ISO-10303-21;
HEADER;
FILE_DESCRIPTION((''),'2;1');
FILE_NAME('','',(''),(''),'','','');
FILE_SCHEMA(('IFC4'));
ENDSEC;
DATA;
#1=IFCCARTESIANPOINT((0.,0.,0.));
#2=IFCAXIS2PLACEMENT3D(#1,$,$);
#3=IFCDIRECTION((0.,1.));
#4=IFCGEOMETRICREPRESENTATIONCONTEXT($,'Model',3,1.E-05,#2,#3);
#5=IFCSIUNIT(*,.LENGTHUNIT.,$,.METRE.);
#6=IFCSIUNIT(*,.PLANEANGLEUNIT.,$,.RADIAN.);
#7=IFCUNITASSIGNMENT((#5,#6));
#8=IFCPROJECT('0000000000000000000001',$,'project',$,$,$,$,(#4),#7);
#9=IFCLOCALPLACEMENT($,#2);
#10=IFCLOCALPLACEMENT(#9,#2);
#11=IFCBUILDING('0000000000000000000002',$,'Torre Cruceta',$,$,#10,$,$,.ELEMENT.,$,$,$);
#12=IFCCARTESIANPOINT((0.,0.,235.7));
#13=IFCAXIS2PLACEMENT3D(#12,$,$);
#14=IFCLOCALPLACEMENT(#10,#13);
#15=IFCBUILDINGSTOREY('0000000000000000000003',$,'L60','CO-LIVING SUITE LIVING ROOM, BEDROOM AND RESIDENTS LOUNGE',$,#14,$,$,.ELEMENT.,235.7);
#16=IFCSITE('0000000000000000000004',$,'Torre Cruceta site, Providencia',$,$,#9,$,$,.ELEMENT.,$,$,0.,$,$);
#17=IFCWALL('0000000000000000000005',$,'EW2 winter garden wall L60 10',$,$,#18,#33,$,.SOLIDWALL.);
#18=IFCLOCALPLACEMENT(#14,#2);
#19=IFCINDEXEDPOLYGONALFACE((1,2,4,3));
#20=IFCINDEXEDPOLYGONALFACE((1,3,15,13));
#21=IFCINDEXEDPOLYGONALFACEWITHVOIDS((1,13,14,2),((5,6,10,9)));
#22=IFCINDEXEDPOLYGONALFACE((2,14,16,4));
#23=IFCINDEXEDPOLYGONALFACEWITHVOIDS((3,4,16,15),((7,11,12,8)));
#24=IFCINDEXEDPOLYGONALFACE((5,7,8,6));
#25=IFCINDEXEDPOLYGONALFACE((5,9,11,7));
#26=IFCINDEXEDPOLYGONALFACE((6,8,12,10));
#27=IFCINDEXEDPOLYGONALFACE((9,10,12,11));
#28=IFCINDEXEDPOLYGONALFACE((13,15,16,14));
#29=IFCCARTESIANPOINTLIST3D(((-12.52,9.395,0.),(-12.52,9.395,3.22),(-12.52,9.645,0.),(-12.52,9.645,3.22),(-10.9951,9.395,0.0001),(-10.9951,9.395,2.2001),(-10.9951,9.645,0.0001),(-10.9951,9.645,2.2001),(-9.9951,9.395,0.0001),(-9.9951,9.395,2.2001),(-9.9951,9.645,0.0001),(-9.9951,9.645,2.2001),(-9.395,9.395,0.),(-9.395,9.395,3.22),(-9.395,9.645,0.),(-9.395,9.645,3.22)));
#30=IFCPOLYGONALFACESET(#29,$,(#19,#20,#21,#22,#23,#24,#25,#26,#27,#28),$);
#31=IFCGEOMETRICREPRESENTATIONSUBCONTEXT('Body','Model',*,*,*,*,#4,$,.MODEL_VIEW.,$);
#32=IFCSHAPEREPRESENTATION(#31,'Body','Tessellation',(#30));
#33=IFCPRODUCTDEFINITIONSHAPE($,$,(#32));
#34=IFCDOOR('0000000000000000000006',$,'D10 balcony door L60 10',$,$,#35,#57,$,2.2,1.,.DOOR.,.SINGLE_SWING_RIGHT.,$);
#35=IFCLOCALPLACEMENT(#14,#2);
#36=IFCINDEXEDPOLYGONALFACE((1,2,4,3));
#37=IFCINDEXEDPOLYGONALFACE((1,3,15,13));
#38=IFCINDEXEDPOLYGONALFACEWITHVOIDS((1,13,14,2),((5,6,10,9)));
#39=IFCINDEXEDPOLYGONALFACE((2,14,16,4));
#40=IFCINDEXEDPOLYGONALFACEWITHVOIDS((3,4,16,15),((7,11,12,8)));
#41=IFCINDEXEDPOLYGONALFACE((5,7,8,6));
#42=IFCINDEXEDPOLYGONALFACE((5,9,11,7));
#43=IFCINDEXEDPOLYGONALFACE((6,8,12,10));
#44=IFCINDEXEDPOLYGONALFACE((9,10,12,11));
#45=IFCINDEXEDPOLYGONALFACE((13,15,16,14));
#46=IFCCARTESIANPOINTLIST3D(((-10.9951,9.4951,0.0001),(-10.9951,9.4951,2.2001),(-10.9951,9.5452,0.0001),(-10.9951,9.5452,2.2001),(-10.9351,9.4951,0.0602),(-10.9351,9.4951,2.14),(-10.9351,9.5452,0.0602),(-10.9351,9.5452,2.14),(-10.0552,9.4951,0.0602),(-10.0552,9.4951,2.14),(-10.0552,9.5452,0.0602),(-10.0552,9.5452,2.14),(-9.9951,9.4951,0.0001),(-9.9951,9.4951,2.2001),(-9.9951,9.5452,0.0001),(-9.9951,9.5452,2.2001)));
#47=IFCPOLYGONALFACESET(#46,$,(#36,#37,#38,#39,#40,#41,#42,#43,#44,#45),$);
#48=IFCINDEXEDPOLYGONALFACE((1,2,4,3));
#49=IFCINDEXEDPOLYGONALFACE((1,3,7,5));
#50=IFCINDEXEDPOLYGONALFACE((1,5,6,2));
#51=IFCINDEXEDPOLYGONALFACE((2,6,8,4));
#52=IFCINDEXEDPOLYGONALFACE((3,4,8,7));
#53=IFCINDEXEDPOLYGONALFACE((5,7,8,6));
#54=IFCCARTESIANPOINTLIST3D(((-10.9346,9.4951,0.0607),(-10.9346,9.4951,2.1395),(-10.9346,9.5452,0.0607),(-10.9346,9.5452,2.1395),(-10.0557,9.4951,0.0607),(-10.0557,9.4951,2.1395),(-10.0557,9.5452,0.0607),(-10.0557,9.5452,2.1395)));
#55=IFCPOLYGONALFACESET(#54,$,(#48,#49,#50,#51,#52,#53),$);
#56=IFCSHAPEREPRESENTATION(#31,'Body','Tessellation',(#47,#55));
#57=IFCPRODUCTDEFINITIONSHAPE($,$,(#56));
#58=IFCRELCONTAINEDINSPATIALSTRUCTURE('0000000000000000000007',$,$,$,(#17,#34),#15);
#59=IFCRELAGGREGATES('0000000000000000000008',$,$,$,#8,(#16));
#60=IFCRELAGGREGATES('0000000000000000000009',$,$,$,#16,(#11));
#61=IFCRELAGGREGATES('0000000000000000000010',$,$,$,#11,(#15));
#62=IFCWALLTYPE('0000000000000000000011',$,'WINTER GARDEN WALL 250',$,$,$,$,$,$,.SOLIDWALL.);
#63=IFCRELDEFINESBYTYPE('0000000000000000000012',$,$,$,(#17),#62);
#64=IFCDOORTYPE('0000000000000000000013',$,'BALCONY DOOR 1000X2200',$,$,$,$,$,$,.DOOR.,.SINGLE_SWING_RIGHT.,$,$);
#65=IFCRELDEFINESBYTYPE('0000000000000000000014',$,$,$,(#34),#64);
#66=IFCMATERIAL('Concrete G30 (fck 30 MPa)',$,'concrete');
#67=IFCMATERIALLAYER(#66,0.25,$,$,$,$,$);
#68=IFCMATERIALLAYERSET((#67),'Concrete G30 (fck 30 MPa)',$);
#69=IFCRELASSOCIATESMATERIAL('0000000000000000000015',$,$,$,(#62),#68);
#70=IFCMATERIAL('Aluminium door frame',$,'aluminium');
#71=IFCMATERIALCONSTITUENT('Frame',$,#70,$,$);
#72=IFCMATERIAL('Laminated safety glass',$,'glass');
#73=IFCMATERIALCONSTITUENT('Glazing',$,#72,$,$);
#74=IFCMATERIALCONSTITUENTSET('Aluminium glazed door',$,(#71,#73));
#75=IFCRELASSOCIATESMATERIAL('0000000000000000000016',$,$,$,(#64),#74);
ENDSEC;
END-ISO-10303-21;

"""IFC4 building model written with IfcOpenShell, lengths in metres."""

from ifc_helpers import new_model, si_unit, direction, frame, frame_2d, origin, place, context, subcontext, project, spatial, rectangle, hollow_rectangle, extrude, material, layer, layer_set, constituent, constituent_set, type_object, element, fill, save


model = new_model("IFC4")

# Units and contexts
model_context = context("Model", 3, precision=1e-05, world=origin(), true_north=direction((0.0, 1.0)))
body_context = subcontext(model_context, "Body", "Model", "MODEL_VIEW")
ifc_project = project(units=[si_unit("LENGTHUNIT", "METRE"), si_unit("PLANEANGLEUNIT", "RADIAN")], contexts=[model_context])

# Site, building, storey
site_placement = place(None, origin())
site = spatial("IfcSite", under=ifc_project, at=site_placement, Name="Torre Cruceta site, Providencia", CompositionType="ELEMENT", RefElevation=0.0)
building_placement = place(site_placement, origin())
building = spatial("IfcBuilding", under=site, at=building_placement, Name="Torre Cruceta", CompositionType="ELEMENT")
storey_placement = place(building_placement, frame((0.0, 0.0, 235.7)))
storey = spatial("IfcBuildingStorey", under=building, at=storey_placement, Name="L60", Description="CO-LIVING SUITE LIVING ROOM, BEDROOM AND RESIDENTS LOUNGE", CompositionType="ELEMENT", Elevation=235.7)

# Wall, opening, door
ifc_material_1 = material(Name="Concrete G30 (fck 30 MPa)", Category="concrete")
ifc_layer_1 = layer(ifc_material_1, 0.25)
ifc_layer_set_1 = layer_set([ifc_layer_1], Name="Concrete G30 (fck 30 MPa)")
wall_type_1 = type_object("IfcWallType", Name="WINTER GARDEN WALL 250", PredefinedType="SOLIDWALL", material=ifc_layer_set_1)
ifc_material_2 = material(Name="Aluminium door frame", Category="aluminium")
ifc_constituent_1 = constituent(ifc_material_2, Name="Frame")
ifc_material_3 = material(Name="Laminated safety glass", Category="glass")
ifc_constituent_2 = constituent(ifc_material_3, Name="Glazing")
ifc_constituent_set_1 = constituent_set(constituents=[ifc_constituent_1, ifc_constituent_2], Name="Aluminium glazed door")
door_type_1 = type_object("IfcDoorType", Name="BALCONY DOOR 1000X2200", OperationType="SINGLE_SWING_RIGHT", PredefinedType="DOOR", material=ifc_constituent_set_1)
wall_1_placement = place(storey_placement, frame((-9.395, 9.52, 0.0), z_axis=(0.0, 0.0, 1.0), x_axis=(-1.0, 0.0, 0.0)))
wall_1 = element("IfcWall", 1, at=wall_1_placement, inside=storey, type_object=wall_type_1, Name="EW2 winter garden wall L60 10", PredefinedType="SOLIDWALL", context=body_context, shape_type="SweptSolid", body=[
    extrude(rectangle(XDim=3.125, YDim=0.25, at=frame_2d((1.5625, 0.0))), origin(), (0.0, 0.0, 1.0), 3.22),
])
opening_1_placement = place(wall_1_placement, frame((0.6001, 0.0, 0.0)))
opening_1 = element("IfcOpeningElement", 2, at=opening_1_placement, cuts=wall_1, PredefinedType="OPENING", context=body_context, shape_type="SweptSolid", body=[
    extrude(rectangle(XDim=1.0, YDim=2.2, at=frame_2d((0.5, 1.1001))), frame((0.0, 0.135, 0.0), z_axis=(0.0, -1.0, 0.0), x_axis=(1.0, 0.0, 0.0)), (0.0, 0.0, 1.0), 0.27),
])
door_1_placement = place(opening_1_placement, origin())
door_1 = element("IfcDoor", 3, at=door_1_placement, inside=storey, type_object=door_type_1, Name="D10 balcony door L60 10", OperationType="SINGLE_SWING_RIGHT", OverallHeight=2.2, OverallWidth=1.0, PredefinedType="DOOR", context=body_context, shape_type="SweptSolid", body=[
    extrude(hollow_rectangle(XDim=1.0, YDim=2.2, WallThickness=0.0601, at=frame_2d((0.5, 1.1001))), frame((0.0, 0.0249, 0.0), z_axis=(0.0, -1.0, 0.0), x_axis=(1.0, 0.0, 0.0)), (0.0, 0.0, 1.0), 0.05),
    extrude(rectangle(XDim=0.8789, YDim=2.0789, at=frame_2d((0.5, 1.1001))), frame((0.0, 0.0249, 0.0), z_axis=(0.0, -1.0, 0.0), x_axis=(1.0, 0.0, 0.0)), (0.0, 0.0, 1.0), 0.05),
])
fill(opening_1, door_1)

save(model, "model.ifc")
